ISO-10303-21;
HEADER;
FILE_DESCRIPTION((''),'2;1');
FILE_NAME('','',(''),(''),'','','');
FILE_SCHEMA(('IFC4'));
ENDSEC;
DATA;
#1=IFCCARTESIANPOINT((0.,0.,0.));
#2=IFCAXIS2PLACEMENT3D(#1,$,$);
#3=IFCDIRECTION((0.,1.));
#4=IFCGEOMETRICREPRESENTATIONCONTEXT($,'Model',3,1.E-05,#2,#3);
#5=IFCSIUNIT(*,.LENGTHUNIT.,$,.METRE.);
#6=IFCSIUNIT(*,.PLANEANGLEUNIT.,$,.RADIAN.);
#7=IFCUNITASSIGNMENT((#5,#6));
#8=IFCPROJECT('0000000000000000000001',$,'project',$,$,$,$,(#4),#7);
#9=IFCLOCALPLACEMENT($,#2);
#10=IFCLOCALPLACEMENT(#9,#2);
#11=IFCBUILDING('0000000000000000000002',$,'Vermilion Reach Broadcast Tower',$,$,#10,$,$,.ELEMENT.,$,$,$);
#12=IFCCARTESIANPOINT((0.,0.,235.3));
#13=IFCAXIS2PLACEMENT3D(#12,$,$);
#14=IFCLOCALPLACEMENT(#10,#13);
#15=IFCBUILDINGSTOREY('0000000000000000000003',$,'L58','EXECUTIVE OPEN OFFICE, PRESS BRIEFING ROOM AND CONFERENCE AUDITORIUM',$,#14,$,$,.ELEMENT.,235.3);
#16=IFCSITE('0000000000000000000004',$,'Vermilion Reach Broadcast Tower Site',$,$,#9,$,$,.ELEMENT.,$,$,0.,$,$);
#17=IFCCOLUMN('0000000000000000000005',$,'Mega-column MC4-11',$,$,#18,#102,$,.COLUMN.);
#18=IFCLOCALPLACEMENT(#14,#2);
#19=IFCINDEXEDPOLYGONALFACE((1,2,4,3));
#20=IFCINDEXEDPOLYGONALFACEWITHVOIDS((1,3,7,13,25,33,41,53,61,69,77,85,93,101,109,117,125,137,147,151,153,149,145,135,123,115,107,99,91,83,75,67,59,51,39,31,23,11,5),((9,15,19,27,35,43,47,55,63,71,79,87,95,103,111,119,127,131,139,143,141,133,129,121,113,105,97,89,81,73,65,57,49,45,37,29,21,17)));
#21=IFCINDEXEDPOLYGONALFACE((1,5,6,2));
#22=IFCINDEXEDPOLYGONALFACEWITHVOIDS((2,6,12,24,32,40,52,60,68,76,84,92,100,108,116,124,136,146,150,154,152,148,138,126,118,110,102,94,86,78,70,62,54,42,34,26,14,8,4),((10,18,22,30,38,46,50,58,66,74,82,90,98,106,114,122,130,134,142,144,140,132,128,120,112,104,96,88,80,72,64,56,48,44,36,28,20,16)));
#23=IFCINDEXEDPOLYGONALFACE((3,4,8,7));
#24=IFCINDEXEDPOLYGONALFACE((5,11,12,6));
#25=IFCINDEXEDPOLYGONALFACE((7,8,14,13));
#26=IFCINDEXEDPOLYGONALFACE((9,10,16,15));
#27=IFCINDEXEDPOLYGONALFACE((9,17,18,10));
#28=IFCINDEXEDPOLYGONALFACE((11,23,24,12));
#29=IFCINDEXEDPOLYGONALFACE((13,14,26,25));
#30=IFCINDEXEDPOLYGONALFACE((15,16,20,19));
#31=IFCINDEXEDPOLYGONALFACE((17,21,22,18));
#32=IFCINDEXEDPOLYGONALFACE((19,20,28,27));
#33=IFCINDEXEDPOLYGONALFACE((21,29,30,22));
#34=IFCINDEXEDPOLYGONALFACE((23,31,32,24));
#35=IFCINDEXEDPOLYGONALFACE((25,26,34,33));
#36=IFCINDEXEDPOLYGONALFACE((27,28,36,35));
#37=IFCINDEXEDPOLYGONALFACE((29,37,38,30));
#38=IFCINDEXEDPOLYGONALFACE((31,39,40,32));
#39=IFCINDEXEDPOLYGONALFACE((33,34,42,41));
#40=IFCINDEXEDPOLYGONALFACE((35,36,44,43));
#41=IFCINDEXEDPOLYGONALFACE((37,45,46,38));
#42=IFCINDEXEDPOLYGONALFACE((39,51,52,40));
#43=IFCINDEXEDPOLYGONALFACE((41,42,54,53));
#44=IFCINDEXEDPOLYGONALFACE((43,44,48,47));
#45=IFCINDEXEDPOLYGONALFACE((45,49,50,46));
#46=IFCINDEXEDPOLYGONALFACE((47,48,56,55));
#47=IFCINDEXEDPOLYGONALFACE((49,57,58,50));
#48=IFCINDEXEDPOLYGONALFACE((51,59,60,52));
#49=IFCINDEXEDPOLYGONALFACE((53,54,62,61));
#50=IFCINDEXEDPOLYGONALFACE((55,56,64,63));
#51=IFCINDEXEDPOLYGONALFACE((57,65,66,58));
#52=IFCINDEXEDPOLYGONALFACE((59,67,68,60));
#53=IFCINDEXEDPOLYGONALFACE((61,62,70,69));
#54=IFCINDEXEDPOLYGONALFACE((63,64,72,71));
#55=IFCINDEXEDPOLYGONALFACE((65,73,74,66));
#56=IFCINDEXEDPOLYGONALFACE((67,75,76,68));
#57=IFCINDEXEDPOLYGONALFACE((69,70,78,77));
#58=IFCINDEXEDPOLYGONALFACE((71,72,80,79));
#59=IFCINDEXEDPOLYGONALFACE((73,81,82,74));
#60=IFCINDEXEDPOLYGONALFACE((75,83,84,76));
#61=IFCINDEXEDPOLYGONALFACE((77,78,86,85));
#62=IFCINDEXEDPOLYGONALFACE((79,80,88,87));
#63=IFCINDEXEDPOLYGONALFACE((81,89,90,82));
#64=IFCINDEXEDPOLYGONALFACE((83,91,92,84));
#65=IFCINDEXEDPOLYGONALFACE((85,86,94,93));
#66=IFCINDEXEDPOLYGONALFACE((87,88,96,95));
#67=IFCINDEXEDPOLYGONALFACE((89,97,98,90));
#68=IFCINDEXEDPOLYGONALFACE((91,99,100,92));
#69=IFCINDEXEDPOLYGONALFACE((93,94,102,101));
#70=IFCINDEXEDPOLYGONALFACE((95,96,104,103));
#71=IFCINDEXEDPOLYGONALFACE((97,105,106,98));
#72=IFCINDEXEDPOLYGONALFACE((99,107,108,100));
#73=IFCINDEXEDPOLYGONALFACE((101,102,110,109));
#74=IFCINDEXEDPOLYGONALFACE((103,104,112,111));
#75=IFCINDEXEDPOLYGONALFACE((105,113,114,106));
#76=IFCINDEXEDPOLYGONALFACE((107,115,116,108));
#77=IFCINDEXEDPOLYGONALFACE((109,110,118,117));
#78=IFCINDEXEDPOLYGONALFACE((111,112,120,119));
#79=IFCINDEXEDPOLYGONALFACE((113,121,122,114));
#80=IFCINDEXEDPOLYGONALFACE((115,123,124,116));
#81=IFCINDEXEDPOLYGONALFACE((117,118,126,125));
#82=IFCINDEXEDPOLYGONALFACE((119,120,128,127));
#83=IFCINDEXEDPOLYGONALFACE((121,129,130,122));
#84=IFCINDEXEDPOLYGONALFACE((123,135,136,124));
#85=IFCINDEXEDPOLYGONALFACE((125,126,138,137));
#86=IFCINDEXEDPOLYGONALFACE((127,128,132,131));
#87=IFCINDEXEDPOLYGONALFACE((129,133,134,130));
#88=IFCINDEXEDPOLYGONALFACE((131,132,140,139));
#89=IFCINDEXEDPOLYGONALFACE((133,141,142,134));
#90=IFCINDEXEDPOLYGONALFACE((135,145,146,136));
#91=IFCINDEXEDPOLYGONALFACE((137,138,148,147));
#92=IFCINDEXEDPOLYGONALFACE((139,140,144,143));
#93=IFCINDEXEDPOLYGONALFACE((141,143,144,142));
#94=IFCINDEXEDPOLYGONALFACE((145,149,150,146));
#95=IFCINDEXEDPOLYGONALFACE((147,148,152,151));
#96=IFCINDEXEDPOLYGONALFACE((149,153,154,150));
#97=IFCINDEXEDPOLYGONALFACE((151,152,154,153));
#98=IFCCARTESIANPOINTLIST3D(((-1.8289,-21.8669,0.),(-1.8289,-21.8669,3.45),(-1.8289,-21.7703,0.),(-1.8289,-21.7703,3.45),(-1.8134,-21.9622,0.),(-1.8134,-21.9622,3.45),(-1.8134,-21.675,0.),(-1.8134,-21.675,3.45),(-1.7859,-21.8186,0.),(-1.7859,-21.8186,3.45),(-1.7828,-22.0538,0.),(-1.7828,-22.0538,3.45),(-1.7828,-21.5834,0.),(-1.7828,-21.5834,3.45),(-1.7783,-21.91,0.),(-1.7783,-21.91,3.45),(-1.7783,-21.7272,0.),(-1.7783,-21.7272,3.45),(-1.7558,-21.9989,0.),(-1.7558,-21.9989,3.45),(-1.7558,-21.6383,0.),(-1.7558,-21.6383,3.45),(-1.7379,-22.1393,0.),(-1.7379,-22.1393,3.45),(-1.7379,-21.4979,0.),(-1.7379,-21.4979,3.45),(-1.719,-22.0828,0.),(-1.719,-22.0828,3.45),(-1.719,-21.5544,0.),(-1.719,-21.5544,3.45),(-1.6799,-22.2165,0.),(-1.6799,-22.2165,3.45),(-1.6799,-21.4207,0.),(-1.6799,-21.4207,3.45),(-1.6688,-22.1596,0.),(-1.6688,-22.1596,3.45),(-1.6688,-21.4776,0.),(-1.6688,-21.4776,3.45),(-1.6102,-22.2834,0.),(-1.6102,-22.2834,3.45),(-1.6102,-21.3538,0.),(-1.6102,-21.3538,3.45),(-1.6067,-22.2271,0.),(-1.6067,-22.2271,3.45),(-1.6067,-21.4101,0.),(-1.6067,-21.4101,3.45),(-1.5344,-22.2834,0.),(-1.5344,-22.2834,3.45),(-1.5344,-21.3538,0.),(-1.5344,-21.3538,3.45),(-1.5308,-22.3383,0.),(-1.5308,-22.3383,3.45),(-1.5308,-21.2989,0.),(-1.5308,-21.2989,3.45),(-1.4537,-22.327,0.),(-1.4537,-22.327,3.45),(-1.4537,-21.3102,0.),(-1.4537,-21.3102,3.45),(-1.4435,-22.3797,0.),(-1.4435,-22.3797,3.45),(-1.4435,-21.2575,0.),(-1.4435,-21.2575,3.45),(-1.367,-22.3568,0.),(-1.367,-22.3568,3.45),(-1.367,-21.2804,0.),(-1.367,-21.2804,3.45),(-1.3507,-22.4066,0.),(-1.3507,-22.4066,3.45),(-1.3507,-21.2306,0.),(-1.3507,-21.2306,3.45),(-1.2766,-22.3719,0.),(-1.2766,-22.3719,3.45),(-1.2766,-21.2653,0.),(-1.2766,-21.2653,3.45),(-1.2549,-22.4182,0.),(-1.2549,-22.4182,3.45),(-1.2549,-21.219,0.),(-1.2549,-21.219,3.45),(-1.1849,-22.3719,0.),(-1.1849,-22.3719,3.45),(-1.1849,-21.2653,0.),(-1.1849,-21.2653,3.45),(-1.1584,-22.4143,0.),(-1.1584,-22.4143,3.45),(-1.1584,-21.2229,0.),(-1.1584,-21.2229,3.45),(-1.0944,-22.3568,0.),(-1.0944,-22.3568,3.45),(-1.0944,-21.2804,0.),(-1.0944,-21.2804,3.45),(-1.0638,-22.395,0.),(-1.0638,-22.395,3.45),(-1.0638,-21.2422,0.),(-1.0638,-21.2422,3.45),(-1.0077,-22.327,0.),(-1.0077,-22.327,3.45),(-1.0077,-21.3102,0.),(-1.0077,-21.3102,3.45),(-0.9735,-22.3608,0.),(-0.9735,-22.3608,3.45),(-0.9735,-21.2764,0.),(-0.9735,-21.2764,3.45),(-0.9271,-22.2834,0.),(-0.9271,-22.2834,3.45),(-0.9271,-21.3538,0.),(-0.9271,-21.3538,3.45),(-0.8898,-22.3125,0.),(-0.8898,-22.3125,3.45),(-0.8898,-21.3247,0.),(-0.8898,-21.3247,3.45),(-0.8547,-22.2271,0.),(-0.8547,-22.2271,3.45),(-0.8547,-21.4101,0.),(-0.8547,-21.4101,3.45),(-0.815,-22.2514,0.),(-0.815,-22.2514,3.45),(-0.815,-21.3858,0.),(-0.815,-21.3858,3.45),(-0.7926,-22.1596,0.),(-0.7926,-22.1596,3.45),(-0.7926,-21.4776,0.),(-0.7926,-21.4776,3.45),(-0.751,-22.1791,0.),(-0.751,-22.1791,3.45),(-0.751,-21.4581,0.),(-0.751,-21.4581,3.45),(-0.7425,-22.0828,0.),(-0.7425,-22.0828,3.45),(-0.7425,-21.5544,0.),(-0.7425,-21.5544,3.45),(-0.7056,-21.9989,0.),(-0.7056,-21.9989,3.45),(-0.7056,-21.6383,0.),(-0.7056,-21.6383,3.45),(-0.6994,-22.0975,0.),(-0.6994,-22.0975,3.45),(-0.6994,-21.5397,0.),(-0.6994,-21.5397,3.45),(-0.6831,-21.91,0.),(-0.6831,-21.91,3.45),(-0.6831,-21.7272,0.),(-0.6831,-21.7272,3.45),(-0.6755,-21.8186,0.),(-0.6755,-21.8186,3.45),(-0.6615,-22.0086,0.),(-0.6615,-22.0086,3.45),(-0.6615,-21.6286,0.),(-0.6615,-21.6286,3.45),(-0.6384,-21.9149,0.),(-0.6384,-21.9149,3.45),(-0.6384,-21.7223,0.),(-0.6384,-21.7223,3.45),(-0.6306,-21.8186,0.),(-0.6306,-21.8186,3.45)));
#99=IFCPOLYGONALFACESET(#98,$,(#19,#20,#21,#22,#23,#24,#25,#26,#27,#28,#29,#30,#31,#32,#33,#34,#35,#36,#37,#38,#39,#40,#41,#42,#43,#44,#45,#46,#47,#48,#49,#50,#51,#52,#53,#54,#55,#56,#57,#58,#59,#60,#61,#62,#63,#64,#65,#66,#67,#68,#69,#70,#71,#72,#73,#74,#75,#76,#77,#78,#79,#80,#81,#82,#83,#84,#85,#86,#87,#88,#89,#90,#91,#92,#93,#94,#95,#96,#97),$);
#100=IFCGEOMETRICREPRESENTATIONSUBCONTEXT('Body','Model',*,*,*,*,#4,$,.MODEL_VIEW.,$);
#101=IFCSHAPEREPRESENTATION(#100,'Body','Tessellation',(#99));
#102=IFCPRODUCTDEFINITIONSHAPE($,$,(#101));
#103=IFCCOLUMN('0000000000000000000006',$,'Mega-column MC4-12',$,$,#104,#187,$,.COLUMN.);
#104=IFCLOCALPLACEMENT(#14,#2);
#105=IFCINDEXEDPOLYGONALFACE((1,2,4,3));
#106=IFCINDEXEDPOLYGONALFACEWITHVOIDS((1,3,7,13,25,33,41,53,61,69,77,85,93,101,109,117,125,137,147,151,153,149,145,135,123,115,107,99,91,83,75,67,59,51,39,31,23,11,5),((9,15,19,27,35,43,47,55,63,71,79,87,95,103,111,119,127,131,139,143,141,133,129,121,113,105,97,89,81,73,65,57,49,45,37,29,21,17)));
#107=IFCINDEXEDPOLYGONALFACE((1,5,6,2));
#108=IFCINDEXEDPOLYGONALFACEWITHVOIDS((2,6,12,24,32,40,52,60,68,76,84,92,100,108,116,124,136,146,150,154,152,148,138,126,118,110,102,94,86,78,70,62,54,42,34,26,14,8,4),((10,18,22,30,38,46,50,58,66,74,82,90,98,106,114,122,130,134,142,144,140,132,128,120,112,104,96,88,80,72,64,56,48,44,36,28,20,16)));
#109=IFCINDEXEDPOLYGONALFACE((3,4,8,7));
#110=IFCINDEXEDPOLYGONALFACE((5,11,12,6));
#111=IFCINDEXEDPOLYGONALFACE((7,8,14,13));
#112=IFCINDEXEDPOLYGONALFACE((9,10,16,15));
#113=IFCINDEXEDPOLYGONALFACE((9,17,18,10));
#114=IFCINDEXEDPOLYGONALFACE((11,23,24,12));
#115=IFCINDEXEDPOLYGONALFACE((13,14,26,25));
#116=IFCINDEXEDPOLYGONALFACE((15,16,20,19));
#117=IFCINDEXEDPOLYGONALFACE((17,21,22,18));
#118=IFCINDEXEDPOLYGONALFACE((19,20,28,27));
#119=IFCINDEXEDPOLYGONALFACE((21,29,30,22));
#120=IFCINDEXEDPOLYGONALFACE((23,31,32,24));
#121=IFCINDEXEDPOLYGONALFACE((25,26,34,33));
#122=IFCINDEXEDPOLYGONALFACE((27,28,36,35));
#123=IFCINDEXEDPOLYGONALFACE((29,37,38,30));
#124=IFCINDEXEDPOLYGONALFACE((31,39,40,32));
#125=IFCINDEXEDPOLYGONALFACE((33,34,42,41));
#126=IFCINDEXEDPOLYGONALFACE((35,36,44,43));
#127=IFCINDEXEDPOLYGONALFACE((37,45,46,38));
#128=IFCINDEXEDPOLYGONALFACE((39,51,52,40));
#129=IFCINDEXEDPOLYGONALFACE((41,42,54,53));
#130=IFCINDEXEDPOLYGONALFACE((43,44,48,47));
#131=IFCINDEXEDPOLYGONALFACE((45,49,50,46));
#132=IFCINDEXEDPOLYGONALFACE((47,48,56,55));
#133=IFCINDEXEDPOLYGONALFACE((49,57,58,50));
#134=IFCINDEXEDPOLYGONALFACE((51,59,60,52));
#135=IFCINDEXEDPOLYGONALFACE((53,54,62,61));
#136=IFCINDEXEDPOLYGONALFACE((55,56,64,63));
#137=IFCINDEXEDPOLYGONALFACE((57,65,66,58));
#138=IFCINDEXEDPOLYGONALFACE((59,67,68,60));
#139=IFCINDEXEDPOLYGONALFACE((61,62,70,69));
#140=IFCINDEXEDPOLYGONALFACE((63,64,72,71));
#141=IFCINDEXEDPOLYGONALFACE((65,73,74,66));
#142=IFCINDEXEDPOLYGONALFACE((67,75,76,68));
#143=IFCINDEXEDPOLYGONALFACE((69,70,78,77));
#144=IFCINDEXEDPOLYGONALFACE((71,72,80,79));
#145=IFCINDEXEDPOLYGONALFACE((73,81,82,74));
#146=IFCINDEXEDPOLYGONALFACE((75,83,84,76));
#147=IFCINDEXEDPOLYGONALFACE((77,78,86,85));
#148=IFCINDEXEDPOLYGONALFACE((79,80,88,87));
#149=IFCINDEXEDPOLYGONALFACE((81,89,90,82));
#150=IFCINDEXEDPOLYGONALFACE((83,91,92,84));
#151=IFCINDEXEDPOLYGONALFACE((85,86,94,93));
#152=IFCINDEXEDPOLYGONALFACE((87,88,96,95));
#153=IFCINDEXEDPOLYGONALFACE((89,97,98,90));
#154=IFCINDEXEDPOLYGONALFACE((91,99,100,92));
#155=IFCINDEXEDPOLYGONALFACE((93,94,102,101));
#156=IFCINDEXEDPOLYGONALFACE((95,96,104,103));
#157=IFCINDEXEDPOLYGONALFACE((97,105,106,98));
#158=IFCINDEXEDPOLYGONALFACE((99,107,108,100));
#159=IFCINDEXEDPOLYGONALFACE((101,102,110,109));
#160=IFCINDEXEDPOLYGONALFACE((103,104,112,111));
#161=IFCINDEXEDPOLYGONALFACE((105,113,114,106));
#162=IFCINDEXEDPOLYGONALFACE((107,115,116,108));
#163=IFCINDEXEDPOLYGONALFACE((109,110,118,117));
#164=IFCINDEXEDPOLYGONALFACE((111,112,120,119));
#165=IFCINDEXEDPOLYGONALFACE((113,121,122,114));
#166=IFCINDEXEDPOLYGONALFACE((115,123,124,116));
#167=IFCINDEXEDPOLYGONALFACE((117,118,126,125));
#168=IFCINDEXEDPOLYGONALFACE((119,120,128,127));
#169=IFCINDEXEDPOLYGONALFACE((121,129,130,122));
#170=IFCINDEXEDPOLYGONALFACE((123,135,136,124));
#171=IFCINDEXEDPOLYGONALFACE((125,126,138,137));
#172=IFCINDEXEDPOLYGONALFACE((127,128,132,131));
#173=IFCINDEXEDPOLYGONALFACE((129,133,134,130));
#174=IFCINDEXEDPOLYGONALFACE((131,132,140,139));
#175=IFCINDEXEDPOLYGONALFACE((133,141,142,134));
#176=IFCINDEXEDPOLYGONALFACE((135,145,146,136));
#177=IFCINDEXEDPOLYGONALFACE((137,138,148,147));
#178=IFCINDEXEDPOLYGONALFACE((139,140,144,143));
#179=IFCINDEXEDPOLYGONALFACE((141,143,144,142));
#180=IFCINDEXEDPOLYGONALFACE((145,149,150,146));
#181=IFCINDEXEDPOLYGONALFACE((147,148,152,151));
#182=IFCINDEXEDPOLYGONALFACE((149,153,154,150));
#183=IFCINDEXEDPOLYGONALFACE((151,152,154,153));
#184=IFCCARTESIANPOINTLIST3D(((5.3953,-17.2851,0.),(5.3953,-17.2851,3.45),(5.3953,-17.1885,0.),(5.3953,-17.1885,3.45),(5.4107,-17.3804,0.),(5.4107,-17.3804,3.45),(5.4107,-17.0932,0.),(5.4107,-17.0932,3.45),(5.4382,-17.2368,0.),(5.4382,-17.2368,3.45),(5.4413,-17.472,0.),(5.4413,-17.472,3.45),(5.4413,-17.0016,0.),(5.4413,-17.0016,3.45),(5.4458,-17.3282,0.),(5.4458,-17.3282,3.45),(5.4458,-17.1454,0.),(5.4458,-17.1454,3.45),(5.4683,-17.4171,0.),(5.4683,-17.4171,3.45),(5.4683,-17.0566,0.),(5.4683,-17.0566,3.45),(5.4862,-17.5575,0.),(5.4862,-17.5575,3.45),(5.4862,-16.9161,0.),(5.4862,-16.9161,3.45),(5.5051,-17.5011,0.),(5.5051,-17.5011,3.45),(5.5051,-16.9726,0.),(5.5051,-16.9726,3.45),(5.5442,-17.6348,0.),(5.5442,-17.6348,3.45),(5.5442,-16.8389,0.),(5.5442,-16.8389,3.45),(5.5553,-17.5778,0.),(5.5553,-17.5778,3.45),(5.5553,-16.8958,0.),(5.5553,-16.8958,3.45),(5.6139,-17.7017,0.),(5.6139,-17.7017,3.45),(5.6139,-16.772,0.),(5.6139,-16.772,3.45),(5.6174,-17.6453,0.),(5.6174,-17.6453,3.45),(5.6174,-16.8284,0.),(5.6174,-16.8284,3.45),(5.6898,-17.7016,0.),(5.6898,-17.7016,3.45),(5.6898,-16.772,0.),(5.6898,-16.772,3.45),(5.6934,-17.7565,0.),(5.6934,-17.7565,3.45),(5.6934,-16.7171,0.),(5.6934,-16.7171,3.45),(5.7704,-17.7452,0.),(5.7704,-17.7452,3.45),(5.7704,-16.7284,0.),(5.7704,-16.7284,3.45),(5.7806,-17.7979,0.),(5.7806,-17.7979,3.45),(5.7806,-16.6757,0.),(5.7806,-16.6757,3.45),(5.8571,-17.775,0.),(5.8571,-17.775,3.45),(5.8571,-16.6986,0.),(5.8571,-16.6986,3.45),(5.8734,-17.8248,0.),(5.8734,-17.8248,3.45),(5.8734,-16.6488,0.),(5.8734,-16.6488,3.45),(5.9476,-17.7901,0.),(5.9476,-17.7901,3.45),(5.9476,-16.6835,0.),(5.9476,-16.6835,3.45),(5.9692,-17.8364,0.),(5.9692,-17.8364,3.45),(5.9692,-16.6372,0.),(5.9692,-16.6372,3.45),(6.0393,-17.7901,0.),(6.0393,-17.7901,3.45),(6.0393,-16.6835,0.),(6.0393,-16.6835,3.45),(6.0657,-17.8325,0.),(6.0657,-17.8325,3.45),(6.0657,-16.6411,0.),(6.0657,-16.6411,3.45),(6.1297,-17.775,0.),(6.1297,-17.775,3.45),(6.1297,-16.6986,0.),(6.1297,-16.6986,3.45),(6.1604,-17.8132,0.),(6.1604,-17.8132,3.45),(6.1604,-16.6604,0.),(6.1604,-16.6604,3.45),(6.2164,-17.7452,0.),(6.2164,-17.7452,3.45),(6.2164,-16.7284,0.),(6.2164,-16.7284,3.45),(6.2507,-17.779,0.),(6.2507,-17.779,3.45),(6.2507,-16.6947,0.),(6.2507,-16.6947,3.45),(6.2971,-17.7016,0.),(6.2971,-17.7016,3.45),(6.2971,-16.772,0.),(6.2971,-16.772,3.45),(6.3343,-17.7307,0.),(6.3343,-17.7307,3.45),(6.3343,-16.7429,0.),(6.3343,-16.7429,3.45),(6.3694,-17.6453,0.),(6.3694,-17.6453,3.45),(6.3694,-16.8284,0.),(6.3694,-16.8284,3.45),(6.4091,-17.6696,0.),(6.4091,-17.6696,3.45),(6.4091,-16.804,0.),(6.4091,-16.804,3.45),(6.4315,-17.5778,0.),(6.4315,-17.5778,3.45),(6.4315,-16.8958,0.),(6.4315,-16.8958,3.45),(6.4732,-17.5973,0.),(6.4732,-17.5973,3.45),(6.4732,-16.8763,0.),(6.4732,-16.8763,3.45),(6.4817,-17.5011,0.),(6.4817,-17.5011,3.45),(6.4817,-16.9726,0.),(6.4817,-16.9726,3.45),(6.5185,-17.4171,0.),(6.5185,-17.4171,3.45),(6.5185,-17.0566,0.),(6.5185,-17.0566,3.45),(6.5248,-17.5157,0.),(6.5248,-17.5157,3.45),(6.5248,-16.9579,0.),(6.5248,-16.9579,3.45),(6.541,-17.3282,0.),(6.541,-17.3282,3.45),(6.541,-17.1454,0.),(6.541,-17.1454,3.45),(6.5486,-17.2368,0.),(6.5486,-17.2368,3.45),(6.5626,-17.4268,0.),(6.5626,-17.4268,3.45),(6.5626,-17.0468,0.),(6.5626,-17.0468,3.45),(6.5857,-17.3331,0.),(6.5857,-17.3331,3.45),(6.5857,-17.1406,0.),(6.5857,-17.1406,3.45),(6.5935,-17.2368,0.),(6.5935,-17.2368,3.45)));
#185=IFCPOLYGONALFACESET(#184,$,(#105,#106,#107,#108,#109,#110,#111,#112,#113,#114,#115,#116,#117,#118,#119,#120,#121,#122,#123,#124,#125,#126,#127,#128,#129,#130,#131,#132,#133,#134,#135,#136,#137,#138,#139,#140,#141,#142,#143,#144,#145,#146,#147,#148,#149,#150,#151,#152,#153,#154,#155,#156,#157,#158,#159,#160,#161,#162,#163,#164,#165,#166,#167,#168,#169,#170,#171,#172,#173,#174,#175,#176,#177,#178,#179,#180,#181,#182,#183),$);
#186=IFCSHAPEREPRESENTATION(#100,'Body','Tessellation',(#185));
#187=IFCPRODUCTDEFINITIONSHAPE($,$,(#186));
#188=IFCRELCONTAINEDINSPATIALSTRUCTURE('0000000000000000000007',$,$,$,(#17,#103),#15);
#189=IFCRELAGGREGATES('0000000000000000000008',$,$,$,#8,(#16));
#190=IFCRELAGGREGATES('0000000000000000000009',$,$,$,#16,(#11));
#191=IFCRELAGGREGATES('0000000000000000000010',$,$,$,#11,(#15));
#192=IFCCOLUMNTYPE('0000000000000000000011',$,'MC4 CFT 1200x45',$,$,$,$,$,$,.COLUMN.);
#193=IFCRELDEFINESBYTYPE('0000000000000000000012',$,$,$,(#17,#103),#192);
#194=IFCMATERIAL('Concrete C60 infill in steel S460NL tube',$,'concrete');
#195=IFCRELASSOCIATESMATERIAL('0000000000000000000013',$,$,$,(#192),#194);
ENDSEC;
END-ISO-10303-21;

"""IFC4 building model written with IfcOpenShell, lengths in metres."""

from ifc_helpers import new_model, si_unit, direction, frame, origin, origin_2d, place, context, subcontext, project, spatial, hollow_circle, extrude, material, material_profile, profile_set, type_object, element, save


model = new_model("IFC4")

# Units and contexts
model_context = context("Model", 3, precision=1e-05, world=origin(), true_north=direction((0.0, 1.0)))
body_context = subcontext(model_context, "Body", "Model", "MODEL_VIEW")
ifc_project = project(units=[si_unit("LENGTHUNIT", "METRE"), si_unit("PLANEANGLEUNIT", "RADIAN")], contexts=[model_context])

# Site, building, storey
site_placement = place(None, origin())
site = spatial("IfcSite", under=ifc_project, at=site_placement, Name="Vermilion Reach Broadcast Tower Site", CompositionType="ELEMENT", RefElevation=0.0)
building_placement = place(site_placement, origin())
building = spatial("IfcBuilding", under=site, at=building_placement, Name="Vermilion Reach Broadcast Tower", CompositionType="ELEMENT")
storey_placement = place(building_placement, frame((0.0, 0.0, 235.3)))
storey = spatial("IfcBuildingStorey", under=building, at=storey_placement, Name="L58", Description="EXECUTIVE OPEN OFFICE, PRESS BRIEFING ROOM AND CONFERENCE AUDITORIUM", CompositionType="ELEMENT", Elevation=235.3)

# Columns
ifc_material_1 = material(Name="Concrete C60 infill in steel S460NL tube", Category="concrete")
ifc_material_profile_1 = material_profile(ifc_material_1, hollow_circle(Radius=0.6001, WallThickness=0.0449, at=origin_2d()), Name="Concrete C60 infill in steel S460NL tube CFT 1200x45")
ifc_profile_set_1 = profile_set([ifc_material_profile_1], Name="Concrete C60 infill in steel S460NL tube")
column_type = type_object("IfcColumnType", Name="MC4 CFT 1200x45", PredefinedType="COLUMN", material=ifc_profile_set_1)
for number, where, z_axis, x_axis, name in (
    (1, (-1.2307, -21.8186, 0.0), (0.0, 0.0, 1.0), (1.0, 0.0, 0.0), "Mega-column MC4-11"),
    (2, (5.9934, -17.2368, 0.0), (0.0, 0.0, 1.0), (1.0, 0.0, 0.0), "Mega-column MC4-12"),
):
    element("IfcColumn", number, at=place(storey_placement, frame(where, z_axis=z_axis, x_axis=x_axis)), inside=storey, type_object=column_type, Name=name, PredefinedType="COLUMN", context=body_context, shape_type="SweptSolid", body=[
        extrude(hollow_circle(Radius=0.6001, WallThickness=0.0449, at=origin_2d()), origin(), (0.0, 0.0, 1.0), 3.45),
    ])

save(model, "model.ifc")
